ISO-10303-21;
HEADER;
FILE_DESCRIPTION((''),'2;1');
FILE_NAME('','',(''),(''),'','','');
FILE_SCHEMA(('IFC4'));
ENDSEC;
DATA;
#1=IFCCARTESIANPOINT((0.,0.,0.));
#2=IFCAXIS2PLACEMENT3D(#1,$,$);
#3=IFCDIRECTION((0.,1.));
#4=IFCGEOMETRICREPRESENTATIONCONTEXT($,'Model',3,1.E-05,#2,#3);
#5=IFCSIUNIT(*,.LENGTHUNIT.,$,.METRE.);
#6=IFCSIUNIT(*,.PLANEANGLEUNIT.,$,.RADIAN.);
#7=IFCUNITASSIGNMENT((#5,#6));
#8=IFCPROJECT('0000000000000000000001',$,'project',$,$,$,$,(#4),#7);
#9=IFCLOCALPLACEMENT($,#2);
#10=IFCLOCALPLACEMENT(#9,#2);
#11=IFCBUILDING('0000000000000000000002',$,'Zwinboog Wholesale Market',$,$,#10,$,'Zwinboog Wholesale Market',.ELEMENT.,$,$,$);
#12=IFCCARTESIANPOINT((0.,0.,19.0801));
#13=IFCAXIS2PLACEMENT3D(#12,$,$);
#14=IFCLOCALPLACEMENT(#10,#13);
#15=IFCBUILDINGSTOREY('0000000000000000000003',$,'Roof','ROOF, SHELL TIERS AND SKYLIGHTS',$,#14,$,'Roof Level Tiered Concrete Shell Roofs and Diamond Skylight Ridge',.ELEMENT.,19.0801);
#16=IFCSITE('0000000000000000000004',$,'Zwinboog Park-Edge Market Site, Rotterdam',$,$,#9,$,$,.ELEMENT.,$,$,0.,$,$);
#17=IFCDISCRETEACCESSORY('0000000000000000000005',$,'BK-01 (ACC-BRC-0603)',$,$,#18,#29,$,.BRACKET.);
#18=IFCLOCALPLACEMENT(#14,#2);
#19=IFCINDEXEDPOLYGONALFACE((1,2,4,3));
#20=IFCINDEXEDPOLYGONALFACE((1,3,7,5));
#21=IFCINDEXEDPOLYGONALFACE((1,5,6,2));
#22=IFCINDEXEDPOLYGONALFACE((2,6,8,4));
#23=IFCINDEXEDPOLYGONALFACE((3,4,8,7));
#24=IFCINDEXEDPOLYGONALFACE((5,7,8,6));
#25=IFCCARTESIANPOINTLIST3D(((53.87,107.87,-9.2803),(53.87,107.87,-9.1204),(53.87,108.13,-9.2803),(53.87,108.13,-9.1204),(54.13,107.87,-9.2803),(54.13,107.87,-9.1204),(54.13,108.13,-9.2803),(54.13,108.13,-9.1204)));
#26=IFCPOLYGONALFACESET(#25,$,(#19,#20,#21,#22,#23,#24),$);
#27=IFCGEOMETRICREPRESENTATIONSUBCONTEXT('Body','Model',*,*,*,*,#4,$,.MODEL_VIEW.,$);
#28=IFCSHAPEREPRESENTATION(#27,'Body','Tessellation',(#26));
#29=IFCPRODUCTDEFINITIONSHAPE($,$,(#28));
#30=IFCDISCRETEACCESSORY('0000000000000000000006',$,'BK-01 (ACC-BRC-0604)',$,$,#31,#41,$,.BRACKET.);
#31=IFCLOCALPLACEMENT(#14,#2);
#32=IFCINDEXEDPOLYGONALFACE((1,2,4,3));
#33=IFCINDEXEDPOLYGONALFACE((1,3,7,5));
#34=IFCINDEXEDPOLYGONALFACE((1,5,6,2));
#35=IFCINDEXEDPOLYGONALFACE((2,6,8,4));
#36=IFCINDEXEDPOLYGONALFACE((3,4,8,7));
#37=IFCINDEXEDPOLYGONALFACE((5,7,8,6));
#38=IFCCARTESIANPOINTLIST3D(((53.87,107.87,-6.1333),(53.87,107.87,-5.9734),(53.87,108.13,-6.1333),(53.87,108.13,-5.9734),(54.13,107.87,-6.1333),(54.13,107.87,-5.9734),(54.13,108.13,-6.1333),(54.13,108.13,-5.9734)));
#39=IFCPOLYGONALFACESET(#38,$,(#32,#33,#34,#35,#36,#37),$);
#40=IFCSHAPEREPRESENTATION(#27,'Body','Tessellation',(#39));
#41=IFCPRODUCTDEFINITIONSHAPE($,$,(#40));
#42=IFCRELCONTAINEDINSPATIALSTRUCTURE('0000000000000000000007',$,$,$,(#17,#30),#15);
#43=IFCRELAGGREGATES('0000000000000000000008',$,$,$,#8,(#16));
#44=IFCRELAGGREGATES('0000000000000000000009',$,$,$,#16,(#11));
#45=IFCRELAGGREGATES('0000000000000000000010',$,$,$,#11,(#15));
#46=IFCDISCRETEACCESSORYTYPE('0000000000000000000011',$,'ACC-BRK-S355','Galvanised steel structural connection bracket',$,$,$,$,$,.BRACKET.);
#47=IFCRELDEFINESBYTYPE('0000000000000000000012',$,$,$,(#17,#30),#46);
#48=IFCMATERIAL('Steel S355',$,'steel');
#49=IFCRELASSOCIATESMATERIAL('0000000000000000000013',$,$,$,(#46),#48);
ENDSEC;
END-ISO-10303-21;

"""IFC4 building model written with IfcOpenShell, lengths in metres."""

from ifc_helpers import new_model, si_unit, direction, frame, origin, origin_2d, place, context, subcontext, project, spatial, rectangle, extrude, material, type_object, element, save


model = new_model("IFC4")

# Units and contexts
model_context = context("Model", 3, precision=1e-05, world=origin(), true_north=direction((0.0, 1.0)))
body_context = subcontext(model_context, "Body", "Model", "MODEL_VIEW")
ifc_project = project(units=[si_unit("LENGTHUNIT", "METRE"), si_unit("PLANEANGLEUNIT", "RADIAN")], contexts=[model_context])

# Site, building, storey
site_placement = place(None, origin())
site = spatial("IfcSite", under=ifc_project, at=site_placement, Name="Zwinboog Park-Edge Market Site, Rotterdam", CompositionType="ELEMENT", RefElevation=0.0)
building_placement = place(site_placement, origin())
building = spatial("IfcBuilding", under=site, at=building_placement, Name="Zwinboog Wholesale Market", LongName="Zwinboog Wholesale Market", CompositionType="ELEMENT")
storey_placement = place(building_placement, frame((0.0, 0.0, 19.0801)))
storey = spatial("IfcBuildingStorey", under=building, at=storey_placement, Name="Roof", Description="ROOF, SHELL TIERS AND SKYLIGHTS", LongName="Roof Level Tiered Concrete Shell Roofs and Diamond Skylight Ridge", CompositionType="ELEMENT", Elevation=19.0801)

# Shared definitions
ifc_material_1 = material(Name="Steel S355", Category="steel")

# Discrete accessories
discrete_accessory_type = type_object("IfcDiscreteAccessoryType", Name="ACC-BRK-S355", Description="Galvanised steel structural connection bracket", PredefinedType="BRACKET", material=ifc_material_1)
for number, where, z_axis, x_axis, name in (
    (1, (54.0, 108.0, -9.2803), (0.0, 0.0, 1.0), (1.0, 0.0, 0.0), "BK-01 (ACC-BRC-0603)"),
    (2, (54.0, 108.0, -6.1333), (0.0, 0.0, 1.0), (1.0, 0.0, 0.0), "BK-01 (ACC-BRC-0604)"),
):
    element("IfcDiscreteAccessory", number, at=place(storey_placement, frame(where, z_axis=z_axis, x_axis=x_axis)), inside=storey, type_object=discrete_accessory_type, Name=name, PredefinedType="BRACKET", context=body_context, shape_type="SweptSolid", body=[
        extrude(rectangle(XDim=0.26, YDim=0.26, at=origin_2d()), origin(), (0.0, 0.0, 1.0), 0.1599),
    ])

save(model, "model.ifc")
